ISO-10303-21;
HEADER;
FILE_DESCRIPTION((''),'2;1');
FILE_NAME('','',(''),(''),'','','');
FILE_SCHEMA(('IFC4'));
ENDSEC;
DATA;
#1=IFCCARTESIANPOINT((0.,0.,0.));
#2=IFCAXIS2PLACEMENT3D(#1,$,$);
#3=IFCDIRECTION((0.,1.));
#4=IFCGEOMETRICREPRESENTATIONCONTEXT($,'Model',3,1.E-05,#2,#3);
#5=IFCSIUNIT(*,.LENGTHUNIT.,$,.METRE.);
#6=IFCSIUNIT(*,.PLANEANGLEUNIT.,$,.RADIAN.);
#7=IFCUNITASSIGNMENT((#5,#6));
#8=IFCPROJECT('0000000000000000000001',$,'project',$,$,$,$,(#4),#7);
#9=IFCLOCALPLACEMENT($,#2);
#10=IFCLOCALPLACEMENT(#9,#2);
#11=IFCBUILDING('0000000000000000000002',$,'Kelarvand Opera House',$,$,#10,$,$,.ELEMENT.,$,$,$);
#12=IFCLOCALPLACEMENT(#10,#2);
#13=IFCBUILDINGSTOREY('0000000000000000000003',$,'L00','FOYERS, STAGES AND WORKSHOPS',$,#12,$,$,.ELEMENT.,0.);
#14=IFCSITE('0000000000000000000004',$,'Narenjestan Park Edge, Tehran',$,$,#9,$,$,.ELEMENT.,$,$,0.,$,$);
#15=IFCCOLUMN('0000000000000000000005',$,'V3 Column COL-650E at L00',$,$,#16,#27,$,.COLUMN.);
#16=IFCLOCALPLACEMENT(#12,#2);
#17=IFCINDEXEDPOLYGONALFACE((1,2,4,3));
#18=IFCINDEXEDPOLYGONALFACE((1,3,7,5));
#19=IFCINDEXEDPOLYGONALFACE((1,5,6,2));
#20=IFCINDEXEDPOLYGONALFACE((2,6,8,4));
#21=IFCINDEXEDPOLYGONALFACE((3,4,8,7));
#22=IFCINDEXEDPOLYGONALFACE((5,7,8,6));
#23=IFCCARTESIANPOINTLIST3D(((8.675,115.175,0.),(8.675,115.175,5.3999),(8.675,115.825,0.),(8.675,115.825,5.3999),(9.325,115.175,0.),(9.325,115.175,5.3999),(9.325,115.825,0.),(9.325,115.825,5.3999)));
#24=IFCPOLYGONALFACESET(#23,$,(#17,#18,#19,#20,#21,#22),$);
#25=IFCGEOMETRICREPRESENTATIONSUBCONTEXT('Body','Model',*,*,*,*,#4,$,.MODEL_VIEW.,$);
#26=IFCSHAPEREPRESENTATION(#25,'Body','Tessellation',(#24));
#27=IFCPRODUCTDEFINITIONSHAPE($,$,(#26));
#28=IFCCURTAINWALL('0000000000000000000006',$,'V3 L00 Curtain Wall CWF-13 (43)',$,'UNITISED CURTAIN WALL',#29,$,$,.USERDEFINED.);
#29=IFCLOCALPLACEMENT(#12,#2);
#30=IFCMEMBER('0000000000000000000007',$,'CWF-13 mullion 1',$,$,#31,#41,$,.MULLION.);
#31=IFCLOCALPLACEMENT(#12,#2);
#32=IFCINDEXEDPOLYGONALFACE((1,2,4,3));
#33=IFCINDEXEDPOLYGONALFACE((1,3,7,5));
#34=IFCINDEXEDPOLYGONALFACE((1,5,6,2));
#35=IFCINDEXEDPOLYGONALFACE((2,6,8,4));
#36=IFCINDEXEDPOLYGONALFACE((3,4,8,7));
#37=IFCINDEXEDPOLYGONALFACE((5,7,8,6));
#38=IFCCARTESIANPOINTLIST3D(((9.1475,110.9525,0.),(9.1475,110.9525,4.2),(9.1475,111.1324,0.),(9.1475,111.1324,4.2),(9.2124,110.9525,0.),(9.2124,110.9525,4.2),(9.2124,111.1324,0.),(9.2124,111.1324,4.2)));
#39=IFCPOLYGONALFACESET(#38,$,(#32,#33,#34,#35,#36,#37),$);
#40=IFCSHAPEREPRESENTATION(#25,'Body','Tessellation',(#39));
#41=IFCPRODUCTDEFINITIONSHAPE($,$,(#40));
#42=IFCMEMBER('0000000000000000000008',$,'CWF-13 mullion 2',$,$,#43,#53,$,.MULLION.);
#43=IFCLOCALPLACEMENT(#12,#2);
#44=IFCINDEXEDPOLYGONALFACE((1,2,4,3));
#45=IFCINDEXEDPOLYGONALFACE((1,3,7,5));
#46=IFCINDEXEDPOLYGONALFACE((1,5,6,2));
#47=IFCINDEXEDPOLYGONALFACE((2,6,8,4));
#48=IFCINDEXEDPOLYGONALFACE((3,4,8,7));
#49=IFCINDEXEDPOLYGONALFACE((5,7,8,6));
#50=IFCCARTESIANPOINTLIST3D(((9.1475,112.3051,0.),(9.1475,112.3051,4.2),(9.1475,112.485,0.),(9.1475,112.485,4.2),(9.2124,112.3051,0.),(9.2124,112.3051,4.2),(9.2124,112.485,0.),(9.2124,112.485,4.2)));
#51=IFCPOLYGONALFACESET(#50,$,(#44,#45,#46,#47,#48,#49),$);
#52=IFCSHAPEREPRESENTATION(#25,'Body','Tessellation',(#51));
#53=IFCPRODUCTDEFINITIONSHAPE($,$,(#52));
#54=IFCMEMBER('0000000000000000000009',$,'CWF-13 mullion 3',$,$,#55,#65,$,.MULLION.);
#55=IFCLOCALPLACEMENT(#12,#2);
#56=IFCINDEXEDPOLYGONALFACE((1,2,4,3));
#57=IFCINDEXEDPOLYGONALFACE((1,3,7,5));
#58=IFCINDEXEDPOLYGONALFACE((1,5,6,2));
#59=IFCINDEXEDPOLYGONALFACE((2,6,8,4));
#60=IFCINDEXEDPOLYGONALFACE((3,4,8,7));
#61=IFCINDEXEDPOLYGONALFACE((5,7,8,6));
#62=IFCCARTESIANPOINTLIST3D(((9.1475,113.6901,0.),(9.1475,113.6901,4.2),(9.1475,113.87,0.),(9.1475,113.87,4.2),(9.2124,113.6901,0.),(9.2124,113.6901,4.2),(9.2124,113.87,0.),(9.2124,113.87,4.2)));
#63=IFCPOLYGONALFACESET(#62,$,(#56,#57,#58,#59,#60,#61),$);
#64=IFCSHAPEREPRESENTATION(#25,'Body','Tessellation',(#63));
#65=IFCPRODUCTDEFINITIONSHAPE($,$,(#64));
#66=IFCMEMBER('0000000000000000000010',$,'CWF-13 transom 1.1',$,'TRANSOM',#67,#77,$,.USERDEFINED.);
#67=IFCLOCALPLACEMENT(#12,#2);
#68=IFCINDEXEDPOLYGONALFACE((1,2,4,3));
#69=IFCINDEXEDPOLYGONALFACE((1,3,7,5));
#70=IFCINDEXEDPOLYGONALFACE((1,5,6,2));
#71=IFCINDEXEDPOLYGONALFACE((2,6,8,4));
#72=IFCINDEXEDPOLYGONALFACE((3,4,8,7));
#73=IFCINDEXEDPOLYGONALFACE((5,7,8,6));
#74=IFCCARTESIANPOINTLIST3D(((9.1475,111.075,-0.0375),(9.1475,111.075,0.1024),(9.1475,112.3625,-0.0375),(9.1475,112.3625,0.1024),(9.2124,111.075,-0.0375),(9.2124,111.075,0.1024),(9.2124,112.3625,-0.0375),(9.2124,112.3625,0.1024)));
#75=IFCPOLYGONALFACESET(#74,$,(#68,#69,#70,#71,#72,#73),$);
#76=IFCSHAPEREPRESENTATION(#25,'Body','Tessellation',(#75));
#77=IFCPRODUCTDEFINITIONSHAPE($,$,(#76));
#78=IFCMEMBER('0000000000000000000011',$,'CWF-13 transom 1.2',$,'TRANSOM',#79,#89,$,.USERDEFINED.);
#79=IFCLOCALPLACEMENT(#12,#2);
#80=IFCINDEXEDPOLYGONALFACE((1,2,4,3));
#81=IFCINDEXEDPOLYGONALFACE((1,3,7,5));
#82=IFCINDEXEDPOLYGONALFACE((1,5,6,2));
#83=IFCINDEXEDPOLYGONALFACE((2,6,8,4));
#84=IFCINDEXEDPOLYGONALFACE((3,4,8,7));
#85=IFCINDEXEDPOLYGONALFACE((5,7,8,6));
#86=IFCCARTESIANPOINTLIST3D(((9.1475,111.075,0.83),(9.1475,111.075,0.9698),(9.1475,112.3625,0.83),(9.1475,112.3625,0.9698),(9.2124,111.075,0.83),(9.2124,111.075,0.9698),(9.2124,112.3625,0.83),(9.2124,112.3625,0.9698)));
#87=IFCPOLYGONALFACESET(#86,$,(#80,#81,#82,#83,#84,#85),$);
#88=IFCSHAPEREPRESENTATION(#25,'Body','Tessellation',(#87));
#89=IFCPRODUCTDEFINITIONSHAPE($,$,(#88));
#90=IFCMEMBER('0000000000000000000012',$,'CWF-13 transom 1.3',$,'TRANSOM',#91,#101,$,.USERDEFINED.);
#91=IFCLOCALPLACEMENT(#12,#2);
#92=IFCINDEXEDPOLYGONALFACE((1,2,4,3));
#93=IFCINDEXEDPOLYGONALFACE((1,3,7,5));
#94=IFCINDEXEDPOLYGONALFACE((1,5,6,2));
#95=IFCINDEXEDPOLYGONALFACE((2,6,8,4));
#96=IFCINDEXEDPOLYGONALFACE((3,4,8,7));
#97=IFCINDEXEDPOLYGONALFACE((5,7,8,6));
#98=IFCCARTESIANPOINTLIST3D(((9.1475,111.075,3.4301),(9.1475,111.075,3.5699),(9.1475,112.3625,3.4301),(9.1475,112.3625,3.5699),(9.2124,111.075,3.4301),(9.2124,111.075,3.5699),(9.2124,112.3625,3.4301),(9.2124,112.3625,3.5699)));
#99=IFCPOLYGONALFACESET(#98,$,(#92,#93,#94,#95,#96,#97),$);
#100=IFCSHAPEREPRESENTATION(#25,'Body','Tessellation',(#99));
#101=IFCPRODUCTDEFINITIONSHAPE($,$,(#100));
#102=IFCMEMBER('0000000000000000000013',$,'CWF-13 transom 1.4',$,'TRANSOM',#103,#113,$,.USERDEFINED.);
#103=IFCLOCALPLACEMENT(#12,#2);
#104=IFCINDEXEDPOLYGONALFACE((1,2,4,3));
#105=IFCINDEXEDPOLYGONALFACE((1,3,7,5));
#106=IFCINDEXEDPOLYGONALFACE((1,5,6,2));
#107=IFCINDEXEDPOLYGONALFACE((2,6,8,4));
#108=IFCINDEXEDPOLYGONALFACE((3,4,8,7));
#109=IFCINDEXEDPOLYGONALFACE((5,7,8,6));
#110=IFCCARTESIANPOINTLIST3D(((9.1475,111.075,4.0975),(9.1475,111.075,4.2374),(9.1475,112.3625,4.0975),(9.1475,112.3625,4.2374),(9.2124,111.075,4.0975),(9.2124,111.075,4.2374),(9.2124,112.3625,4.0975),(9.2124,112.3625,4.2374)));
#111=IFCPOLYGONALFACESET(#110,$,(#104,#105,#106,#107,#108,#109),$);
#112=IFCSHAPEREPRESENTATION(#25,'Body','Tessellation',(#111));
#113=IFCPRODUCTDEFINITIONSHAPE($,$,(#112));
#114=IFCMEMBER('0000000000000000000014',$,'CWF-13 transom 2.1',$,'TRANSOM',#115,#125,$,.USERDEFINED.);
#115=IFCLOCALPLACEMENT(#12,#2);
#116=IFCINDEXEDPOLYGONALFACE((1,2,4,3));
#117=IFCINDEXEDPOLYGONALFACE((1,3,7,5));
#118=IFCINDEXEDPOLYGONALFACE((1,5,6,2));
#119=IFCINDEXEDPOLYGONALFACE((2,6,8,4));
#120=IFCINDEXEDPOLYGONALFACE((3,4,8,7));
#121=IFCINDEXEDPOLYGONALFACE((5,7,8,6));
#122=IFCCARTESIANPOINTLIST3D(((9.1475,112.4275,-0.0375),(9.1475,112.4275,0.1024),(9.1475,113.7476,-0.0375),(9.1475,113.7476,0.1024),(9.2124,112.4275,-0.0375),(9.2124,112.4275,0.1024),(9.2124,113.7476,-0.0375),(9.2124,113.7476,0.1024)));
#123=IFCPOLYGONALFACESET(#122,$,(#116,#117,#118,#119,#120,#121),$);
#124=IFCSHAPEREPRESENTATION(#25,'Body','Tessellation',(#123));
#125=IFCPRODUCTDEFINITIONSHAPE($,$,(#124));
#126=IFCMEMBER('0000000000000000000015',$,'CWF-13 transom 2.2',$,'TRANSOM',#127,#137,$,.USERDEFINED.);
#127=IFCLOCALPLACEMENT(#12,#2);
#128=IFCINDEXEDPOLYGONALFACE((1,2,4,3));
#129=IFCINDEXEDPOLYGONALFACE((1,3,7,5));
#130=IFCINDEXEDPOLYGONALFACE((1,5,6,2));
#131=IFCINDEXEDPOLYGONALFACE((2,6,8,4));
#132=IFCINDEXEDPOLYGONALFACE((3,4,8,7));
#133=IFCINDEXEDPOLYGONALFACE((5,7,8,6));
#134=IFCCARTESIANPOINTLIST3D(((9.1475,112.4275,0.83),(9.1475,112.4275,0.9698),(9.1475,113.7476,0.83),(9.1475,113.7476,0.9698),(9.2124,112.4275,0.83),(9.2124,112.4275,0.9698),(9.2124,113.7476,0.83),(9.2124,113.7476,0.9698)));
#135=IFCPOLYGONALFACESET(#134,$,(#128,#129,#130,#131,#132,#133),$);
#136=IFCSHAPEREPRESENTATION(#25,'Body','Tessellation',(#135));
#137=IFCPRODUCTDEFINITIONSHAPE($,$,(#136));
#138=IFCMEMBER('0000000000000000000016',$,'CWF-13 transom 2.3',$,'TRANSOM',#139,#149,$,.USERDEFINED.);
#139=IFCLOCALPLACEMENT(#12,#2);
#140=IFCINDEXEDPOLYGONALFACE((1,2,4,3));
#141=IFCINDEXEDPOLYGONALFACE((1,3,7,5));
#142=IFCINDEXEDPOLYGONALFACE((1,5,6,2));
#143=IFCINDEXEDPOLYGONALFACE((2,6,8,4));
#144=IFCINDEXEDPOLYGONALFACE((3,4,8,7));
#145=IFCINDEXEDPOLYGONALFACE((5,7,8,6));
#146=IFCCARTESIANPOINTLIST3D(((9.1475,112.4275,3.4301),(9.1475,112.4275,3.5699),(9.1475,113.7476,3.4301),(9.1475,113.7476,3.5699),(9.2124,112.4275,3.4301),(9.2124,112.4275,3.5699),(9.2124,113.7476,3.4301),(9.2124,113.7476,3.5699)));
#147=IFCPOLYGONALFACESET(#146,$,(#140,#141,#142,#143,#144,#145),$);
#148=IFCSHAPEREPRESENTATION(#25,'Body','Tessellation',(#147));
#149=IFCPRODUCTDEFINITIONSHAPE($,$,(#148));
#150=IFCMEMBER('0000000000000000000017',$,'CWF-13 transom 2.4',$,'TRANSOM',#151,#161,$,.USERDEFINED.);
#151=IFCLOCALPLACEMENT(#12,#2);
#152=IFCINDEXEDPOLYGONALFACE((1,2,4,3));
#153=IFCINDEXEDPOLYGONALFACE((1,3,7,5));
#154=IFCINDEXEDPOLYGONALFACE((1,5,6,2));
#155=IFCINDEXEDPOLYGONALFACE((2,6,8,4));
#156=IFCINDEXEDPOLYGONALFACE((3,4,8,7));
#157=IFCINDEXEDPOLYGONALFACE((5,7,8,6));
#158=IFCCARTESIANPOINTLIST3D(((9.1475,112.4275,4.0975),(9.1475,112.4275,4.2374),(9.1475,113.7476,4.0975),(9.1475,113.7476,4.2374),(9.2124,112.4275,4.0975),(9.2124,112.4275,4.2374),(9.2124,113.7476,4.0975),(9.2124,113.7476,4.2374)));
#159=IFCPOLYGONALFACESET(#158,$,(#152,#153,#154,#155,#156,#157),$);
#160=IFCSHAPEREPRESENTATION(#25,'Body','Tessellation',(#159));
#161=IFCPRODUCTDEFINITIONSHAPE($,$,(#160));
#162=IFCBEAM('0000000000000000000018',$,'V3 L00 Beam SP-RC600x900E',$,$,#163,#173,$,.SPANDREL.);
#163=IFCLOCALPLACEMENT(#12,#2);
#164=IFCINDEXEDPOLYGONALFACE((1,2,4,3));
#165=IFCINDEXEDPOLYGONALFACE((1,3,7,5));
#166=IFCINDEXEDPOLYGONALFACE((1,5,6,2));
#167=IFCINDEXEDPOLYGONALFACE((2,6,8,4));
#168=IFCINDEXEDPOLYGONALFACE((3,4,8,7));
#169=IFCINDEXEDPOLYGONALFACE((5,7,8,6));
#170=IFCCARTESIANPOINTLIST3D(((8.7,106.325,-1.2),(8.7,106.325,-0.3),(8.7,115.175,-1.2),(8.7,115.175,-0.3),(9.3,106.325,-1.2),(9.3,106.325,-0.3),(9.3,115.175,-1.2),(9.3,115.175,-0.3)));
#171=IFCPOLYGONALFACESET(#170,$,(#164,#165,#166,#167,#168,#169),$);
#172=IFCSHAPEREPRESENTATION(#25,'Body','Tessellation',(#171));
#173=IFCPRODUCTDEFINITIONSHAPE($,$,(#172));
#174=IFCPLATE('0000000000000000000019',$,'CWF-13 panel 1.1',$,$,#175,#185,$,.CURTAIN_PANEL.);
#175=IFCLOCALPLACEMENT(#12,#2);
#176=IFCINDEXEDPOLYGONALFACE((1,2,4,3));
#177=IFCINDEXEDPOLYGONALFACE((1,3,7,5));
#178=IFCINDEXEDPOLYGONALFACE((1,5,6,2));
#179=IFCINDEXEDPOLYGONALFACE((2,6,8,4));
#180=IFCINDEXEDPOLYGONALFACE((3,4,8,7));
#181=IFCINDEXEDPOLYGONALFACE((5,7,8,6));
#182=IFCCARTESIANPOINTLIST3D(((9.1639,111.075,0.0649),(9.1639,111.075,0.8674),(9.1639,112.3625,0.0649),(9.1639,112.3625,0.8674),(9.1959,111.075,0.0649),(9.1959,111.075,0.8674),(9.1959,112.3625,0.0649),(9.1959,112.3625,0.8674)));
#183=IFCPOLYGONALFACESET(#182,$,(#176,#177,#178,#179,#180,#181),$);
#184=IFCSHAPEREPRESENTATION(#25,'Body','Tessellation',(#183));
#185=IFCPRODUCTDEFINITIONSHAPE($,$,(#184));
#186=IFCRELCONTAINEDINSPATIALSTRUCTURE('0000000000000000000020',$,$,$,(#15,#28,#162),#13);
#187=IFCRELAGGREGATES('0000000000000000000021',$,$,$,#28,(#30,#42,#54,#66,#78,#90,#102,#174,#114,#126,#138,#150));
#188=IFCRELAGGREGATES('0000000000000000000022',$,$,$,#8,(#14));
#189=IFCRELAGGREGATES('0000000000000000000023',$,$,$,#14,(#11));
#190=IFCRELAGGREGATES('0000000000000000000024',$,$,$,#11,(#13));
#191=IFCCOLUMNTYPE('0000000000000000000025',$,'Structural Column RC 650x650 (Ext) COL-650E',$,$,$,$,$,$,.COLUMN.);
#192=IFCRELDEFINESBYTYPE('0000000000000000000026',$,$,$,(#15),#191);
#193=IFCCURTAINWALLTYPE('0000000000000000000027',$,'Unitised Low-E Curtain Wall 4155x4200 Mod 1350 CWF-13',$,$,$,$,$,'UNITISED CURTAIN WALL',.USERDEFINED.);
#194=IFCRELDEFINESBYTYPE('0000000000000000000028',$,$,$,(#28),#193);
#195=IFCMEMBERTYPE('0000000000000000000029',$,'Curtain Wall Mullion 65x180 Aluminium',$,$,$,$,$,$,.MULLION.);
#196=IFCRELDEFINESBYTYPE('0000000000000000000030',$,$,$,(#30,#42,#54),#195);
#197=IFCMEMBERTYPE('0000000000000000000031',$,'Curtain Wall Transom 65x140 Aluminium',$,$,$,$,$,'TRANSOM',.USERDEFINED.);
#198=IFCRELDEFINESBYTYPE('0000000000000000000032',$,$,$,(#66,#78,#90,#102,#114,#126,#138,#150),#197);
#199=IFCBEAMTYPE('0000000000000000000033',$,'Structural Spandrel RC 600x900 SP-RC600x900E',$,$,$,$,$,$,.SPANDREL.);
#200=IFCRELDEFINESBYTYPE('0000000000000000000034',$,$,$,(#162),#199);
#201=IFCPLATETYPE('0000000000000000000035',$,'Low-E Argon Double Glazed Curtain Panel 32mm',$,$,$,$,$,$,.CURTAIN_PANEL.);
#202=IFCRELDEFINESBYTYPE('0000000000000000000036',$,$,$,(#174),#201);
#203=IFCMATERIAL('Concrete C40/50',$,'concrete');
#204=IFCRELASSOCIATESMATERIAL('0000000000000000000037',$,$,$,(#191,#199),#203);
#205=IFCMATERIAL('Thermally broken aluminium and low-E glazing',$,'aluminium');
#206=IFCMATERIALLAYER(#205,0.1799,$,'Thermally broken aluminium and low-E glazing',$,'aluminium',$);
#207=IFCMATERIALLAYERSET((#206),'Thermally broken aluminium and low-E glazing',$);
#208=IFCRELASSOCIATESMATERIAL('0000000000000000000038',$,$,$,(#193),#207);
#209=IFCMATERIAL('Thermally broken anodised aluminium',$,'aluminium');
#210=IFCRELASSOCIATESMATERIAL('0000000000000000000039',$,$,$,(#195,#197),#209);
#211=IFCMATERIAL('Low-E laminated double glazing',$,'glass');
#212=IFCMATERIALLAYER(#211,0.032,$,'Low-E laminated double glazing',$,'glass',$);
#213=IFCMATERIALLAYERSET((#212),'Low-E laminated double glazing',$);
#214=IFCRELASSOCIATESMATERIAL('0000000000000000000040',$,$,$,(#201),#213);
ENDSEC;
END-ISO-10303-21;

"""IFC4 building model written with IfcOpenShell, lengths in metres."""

from ifc_helpers import new_model, si_unit, direction, frame, origin, origin_2d, place, context, subcontext, project, spatial, rectangle, extrude, material, layer, layer_set, material_profile, profile_set, type_object, element, aggregate, save


model = new_model("IFC4")

# Units and contexts
model_context = context("Model", 3, precision=1e-05, world=origin(), true_north=direction((0.0, 1.0)))
body_context = subcontext(model_context, "Body", "Model", "MODEL_VIEW")
ifc_project = project(units=[si_unit("LENGTHUNIT", "METRE"), si_unit("PLANEANGLEUNIT", "RADIAN")], contexts=[model_context])

# Site, building, storey
site_placement = place(None, origin())
site = spatial("IfcSite", under=ifc_project, at=site_placement, Name="Narenjestan Park Edge, Tehran", CompositionType="ELEMENT", RefElevation=0.0)
building_placement = place(site_placement, origin())
building = spatial("IfcBuilding", under=site, at=building_placement, Name="Kelarvand Opera House", CompositionType="ELEMENT")
storey_placement = place(building_placement, origin())
storey = spatial("IfcBuildingStorey", under=building, at=storey_placement, Name="L00", Description="FOYERS, STAGES AND WORKSHOPS", CompositionType="ELEMENT", Elevation=0.0)

# Column
ifc_material_1 = material(Name="Concrete C40/50", Category="concrete")
ifc_material_profile_1 = material_profile(ifc_material_1, rectangle(XDim=0.6499, YDim=0.6499, at=origin_2d()), Name="RC 650x650", Category="concrete")
ifc_profile_set_1 = profile_set([ifc_material_profile_1], Name="Concrete C40/50")
column_type = type_object("IfcColumnType", Name="Structural Column RC 650x650 (Ext) COL-650E", PredefinedType="COLUMN", material=ifc_profile_set_1)
column_placement = place(storey_placement, frame((9.0, 115.5, 0.0), z_axis=(0.0, 0.0, 1.0), x_axis=(1.0, 0.0, 0.0)))
element("IfcColumn", 1, at=column_placement, inside=storey, type_object=column_type, Name="V3 Column COL-650E at L00", PredefinedType="COLUMN", context=body_context, shape_type="SweptSolid", body=[
    extrude(rectangle(XDim=0.6499, YDim=0.6499, at=origin_2d()), origin(), (0.0, 0.0, 1.0), 5.3999),
])

# Curtain wall, members
ifc_material_2 = material(Name="Thermally broken aluminium and low-E glazing", Category="aluminium")
ifc_layer_1 = layer(ifc_material_2, 0.1799, Name="Thermally broken aluminium and low-E glazing", Category="aluminium")
ifc_layer_set_1 = layer_set([ifc_layer_1], Name="Thermally broken aluminium and low-E glazing")
curtain_wall_type = type_object("IfcCurtainWallType", Name="Unitised Low-E Curtain Wall 4155x4200 Mod 1350 CWF-13", ElementType="UNITISED CURTAIN WALL", PredefinedType="USERDEFINED", material=ifc_layer_set_1)
curtain_wall_placement = place(storey_placement, origin())
curtain_wall = element("IfcCurtainWall", 2, at=curtain_wall_placement, inside=storey, type_object=curtain_wall_type, Name="V3 L00 Curtain Wall CWF-13 (43)", ObjectType="UNITISED CURTAIN WALL", PredefinedType="USERDEFINED")
ifc_material_3 = material(Name="Thermally broken anodised aluminium", Category="aluminium")
ifc_material_profile_2 = material_profile(ifc_material_3, rectangle(XDim=0.0649, YDim=0.1799, at=origin_2d()), Name="ALU MULLION 65x180", Category="aluminium")
ifc_profile_set_2 = profile_set([ifc_material_profile_2], Name="Thermally broken anodised aluminium")
member_type_1 = type_object("IfcMemberType", Name="Curtain Wall Mullion 65x180 Aluminium", PredefinedType="MULLION", material=ifc_profile_set_2)
member_1_placement = place(storey_placement, frame((9.1799, 111.0425, 0.0), z_axis=(0.0, 0.0, 1.0), x_axis=(-1.0, 0.0, 0.0)))
member_1 = element("IfcMember", 3, at=member_1_placement, type_object=member_type_1, Name="CWF-13 mullion 1", PredefinedType="MULLION", context=body_context, shape_type="SweptSolid", body=[
    extrude(rectangle(XDim=0.0649, YDim=0.1799, at=origin_2d()), origin(), (0.0, 0.0, 1.0), 4.2),
])
member_2_placement = place(storey_placement, frame((9.1799, 112.395, 0.0), z_axis=(0.0, 0.0, 1.0), x_axis=(-1.0, 0.0, 0.0)))
member_2 = element("IfcMember", 4, at=member_2_placement, type_object=member_type_1, Name="CWF-13 mullion 2", PredefinedType="MULLION", context=body_context, shape_type="SweptSolid", body=[
    extrude(rectangle(XDim=0.0649, YDim=0.1799, at=origin_2d()), origin(), (0.0, 0.0, 1.0), 4.2),
])
member_3_placement = place(storey_placement, frame((9.1799, 113.78, 0.0), z_axis=(0.0, 0.0, 1.0), x_axis=(-1.0, 0.0, 0.0)))
member_3 = element("IfcMember", 5, at=member_3_placement, type_object=member_type_1, Name="CWF-13 mullion 3", PredefinedType="MULLION", context=body_context, shape_type="SweptSolid", body=[
    extrude(rectangle(XDim=0.0649, YDim=0.1799, at=origin_2d()), origin(), (0.0, 0.0, 1.0), 4.2),
])
ifc_material_profile_3 = material_profile(ifc_material_3, rectangle(XDim=0.0649, YDim=0.1399, at=origin_2d()), Name="ALU TRANSOM 65x140", Category="aluminium")
ifc_profile_set_3 = profile_set([ifc_material_profile_3], Name="Thermally broken anodised aluminium")
member_type_2 = type_object("IfcMemberType", Name="Curtain Wall Transom 65x140 Aluminium", ElementType="TRANSOM", PredefinedType="USERDEFINED", material=ifc_profile_set_3)
member_4_placement = place(storey_placement, frame((9.1799, 111.075, 0.0325), z_axis=(0.0, 1.0, 0.0), x_axis=(-1.0, 0.0, 0.0)))
member_4 = element("IfcMember", 6, at=member_4_placement, type_object=member_type_2, Name="CWF-13 transom 1.1", ObjectType="TRANSOM", PredefinedType="USERDEFINED", context=body_context, shape_type="SweptSolid", body=[
    extrude(rectangle(XDim=0.0649, YDim=0.1399, at=origin_2d()), origin(), (0.0, 0.0, 1.0), 1.2876),
])
member_5_placement = place(storey_placement, frame((9.1799, 111.075, 0.8999), z_axis=(0.0, 1.0, 0.0), x_axis=(-1.0, 0.0, 0.0)))
member_5 = element("IfcMember", 7, at=member_5_placement, type_object=member_type_2, Name="CWF-13 transom 1.2", ObjectType="TRANSOM", PredefinedType="USERDEFINED", context=body_context, shape_type="SweptSolid", body=[
    extrude(rectangle(XDim=0.0649, YDim=0.1399, at=origin_2d()), origin(), (0.0, 0.0, 1.0), 1.2876),
])
member_6_placement = place(storey_placement, frame((9.1799, 111.075, 3.5), z_axis=(0.0, 1.0, 0.0), x_axis=(-1.0, 0.0, 0.0)))
member_6 = element("IfcMember", 8, at=member_6_placement, type_object=member_type_2, Name="CWF-13 transom 1.3", ObjectType="TRANSOM", PredefinedType="USERDEFINED", context=body_context, shape_type="SweptSolid", body=[
    extrude(rectangle(XDim=0.0649, YDim=0.1399, at=origin_2d()), origin(), (0.0, 0.0, 1.0), 1.2876),
])
member_7_placement = place(storey_placement, frame((9.1799, 111.075, 4.1675), z_axis=(0.0, 1.0, 0.0), x_axis=(-1.0, 0.0, 0.0)))
member_7 = element("IfcMember", 9, at=member_7_placement, type_object=member_type_2, Name="CWF-13 transom 1.4", ObjectType="TRANSOM", PredefinedType="USERDEFINED", context=body_context, shape_type="SweptSolid", body=[
    extrude(rectangle(XDim=0.0649, YDim=0.1399, at=origin_2d()), origin(), (0.0, 0.0, 1.0), 1.2876),
])
member_8_placement = place(storey_placement, frame((9.1799, 112.4275, 0.0325), z_axis=(0.0, 1.0, 0.0), x_axis=(-1.0, 0.0, 0.0)))
member_8 = element("IfcMember", 10, at=member_8_placement, type_object=member_type_2, Name="CWF-13 transom 2.1", ObjectType="TRANSOM", PredefinedType="USERDEFINED", context=body_context, shape_type="SweptSolid", body=[
    extrude(rectangle(XDim=0.0649, YDim=0.1399, at=origin_2d()), origin(), (0.0, 0.0, 1.0), 1.3201),
])
member_9_placement = place(storey_placement, frame((9.1799, 112.4275, 0.8999), z_axis=(0.0, 1.0, 0.0), x_axis=(-1.0, 0.0, 0.0)))
member_9 = element("IfcMember", 11, at=member_9_placement, type_object=member_type_2, Name="CWF-13 transom 2.2", ObjectType="TRANSOM", PredefinedType="USERDEFINED", context=body_context, shape_type="SweptSolid", body=[
    extrude(rectangle(XDim=0.0649, YDim=0.1399, at=origin_2d()), origin(), (0.0, 0.0, 1.0), 1.3201),
])
member_10_placement = place(storey_placement, frame((9.1799, 112.4275, 3.5), z_axis=(0.0, 1.0, 0.0), x_axis=(-1.0, 0.0, 0.0)))
member_10 = element("IfcMember", 12, at=member_10_placement, type_object=member_type_2, Name="CWF-13 transom 2.3", ObjectType="TRANSOM", PredefinedType="USERDEFINED", context=body_context, shape_type="SweptSolid", body=[
    extrude(rectangle(XDim=0.0649, YDim=0.1399, at=origin_2d()), origin(), (0.0, 0.0, 1.0), 1.3201),
])
member_11_placement = place(storey_placement, frame((9.1799, 112.4275, 4.1675), z_axis=(0.0, 1.0, 0.0), x_axis=(-1.0, 0.0, 0.0)))
member_11 = element("IfcMember", 13, at=member_11_placement, type_object=member_type_2, Name="CWF-13 transom 2.4", ObjectType="TRANSOM", PredefinedType="USERDEFINED", context=body_context, shape_type="SweptSolid", body=[
    extrude(rectangle(XDim=0.0649, YDim=0.1399, at=origin_2d()), origin(), (0.0, 0.0, 1.0), 1.3201),
])

# Beam
ifc_material_profile_4 = material_profile(ifc_material_1, rectangle(XDim=0.6001, YDim=0.8999, at=origin_2d()), Name="RC 600x900", Category="concrete")
ifc_profile_set_4 = profile_set([ifc_material_profile_4], Name="Concrete C40/50")
beam_type = type_object("IfcBeamType", Name="Structural Spandrel RC 600x900 SP-RC600x900E", PredefinedType="SPANDREL", material=ifc_profile_set_4)
beam_placement = place(storey_placement, frame((9.0, 106.325, -0.75), z_axis=(0.0, 1.0, 0.0), x_axis=(-1.0, 0.0, 0.0)))
element("IfcBeam", 14, at=beam_placement, inside=storey, type_object=beam_type, Name="V3 L00 Beam SP-RC600x900E", PredefinedType="SPANDREL", context=body_context, shape_type="SweptSolid", body=[
    extrude(rectangle(XDim=0.6001, YDim=0.8999, at=origin_2d()), origin(), (0.0, 0.0, 1.0), 8.8501),
])

# Plate
ifc_material_4 = material(Name="Low-E laminated double glazing", Category="glass")
ifc_layer_2 = layer(ifc_material_4, 0.032, Name="Low-E laminated double glazing", Category="glass")
ifc_layer_set_2 = layer_set([ifc_layer_2], Name="Low-E laminated double glazing")
plate_type = type_object("IfcPlateType", Name="Low-E Argon Double Glazed Curtain Panel 32mm", PredefinedType="CURTAIN_PANEL", material=ifc_layer_set_2)
plate_1_placement = place(storey_placement, frame((9.1799, 111.7188, 0.0649), z_axis=(0.0, 0.0, 1.0), x_axis=(0.0, 1.0, 0.0)))
plate_1 = element("IfcPlate", 15, at=plate_1_placement, type_object=plate_type, Name="CWF-13 panel 1.1", PredefinedType="CURTAIN_PANEL", context=body_context, shape_type="SweptSolid", body=[
    extrude(rectangle(XDim=1.2876, YDim=0.032, at=origin_2d()), origin(), (0.0, 0.0, 1.0), 0.8025),
])
aggregate(curtain_wall, [member_1, member_2, member_3, member_4, member_5, member_6, member_7, plate_1, member_8, member_9, member_10, member_11])

save(model, "model.ifc")
